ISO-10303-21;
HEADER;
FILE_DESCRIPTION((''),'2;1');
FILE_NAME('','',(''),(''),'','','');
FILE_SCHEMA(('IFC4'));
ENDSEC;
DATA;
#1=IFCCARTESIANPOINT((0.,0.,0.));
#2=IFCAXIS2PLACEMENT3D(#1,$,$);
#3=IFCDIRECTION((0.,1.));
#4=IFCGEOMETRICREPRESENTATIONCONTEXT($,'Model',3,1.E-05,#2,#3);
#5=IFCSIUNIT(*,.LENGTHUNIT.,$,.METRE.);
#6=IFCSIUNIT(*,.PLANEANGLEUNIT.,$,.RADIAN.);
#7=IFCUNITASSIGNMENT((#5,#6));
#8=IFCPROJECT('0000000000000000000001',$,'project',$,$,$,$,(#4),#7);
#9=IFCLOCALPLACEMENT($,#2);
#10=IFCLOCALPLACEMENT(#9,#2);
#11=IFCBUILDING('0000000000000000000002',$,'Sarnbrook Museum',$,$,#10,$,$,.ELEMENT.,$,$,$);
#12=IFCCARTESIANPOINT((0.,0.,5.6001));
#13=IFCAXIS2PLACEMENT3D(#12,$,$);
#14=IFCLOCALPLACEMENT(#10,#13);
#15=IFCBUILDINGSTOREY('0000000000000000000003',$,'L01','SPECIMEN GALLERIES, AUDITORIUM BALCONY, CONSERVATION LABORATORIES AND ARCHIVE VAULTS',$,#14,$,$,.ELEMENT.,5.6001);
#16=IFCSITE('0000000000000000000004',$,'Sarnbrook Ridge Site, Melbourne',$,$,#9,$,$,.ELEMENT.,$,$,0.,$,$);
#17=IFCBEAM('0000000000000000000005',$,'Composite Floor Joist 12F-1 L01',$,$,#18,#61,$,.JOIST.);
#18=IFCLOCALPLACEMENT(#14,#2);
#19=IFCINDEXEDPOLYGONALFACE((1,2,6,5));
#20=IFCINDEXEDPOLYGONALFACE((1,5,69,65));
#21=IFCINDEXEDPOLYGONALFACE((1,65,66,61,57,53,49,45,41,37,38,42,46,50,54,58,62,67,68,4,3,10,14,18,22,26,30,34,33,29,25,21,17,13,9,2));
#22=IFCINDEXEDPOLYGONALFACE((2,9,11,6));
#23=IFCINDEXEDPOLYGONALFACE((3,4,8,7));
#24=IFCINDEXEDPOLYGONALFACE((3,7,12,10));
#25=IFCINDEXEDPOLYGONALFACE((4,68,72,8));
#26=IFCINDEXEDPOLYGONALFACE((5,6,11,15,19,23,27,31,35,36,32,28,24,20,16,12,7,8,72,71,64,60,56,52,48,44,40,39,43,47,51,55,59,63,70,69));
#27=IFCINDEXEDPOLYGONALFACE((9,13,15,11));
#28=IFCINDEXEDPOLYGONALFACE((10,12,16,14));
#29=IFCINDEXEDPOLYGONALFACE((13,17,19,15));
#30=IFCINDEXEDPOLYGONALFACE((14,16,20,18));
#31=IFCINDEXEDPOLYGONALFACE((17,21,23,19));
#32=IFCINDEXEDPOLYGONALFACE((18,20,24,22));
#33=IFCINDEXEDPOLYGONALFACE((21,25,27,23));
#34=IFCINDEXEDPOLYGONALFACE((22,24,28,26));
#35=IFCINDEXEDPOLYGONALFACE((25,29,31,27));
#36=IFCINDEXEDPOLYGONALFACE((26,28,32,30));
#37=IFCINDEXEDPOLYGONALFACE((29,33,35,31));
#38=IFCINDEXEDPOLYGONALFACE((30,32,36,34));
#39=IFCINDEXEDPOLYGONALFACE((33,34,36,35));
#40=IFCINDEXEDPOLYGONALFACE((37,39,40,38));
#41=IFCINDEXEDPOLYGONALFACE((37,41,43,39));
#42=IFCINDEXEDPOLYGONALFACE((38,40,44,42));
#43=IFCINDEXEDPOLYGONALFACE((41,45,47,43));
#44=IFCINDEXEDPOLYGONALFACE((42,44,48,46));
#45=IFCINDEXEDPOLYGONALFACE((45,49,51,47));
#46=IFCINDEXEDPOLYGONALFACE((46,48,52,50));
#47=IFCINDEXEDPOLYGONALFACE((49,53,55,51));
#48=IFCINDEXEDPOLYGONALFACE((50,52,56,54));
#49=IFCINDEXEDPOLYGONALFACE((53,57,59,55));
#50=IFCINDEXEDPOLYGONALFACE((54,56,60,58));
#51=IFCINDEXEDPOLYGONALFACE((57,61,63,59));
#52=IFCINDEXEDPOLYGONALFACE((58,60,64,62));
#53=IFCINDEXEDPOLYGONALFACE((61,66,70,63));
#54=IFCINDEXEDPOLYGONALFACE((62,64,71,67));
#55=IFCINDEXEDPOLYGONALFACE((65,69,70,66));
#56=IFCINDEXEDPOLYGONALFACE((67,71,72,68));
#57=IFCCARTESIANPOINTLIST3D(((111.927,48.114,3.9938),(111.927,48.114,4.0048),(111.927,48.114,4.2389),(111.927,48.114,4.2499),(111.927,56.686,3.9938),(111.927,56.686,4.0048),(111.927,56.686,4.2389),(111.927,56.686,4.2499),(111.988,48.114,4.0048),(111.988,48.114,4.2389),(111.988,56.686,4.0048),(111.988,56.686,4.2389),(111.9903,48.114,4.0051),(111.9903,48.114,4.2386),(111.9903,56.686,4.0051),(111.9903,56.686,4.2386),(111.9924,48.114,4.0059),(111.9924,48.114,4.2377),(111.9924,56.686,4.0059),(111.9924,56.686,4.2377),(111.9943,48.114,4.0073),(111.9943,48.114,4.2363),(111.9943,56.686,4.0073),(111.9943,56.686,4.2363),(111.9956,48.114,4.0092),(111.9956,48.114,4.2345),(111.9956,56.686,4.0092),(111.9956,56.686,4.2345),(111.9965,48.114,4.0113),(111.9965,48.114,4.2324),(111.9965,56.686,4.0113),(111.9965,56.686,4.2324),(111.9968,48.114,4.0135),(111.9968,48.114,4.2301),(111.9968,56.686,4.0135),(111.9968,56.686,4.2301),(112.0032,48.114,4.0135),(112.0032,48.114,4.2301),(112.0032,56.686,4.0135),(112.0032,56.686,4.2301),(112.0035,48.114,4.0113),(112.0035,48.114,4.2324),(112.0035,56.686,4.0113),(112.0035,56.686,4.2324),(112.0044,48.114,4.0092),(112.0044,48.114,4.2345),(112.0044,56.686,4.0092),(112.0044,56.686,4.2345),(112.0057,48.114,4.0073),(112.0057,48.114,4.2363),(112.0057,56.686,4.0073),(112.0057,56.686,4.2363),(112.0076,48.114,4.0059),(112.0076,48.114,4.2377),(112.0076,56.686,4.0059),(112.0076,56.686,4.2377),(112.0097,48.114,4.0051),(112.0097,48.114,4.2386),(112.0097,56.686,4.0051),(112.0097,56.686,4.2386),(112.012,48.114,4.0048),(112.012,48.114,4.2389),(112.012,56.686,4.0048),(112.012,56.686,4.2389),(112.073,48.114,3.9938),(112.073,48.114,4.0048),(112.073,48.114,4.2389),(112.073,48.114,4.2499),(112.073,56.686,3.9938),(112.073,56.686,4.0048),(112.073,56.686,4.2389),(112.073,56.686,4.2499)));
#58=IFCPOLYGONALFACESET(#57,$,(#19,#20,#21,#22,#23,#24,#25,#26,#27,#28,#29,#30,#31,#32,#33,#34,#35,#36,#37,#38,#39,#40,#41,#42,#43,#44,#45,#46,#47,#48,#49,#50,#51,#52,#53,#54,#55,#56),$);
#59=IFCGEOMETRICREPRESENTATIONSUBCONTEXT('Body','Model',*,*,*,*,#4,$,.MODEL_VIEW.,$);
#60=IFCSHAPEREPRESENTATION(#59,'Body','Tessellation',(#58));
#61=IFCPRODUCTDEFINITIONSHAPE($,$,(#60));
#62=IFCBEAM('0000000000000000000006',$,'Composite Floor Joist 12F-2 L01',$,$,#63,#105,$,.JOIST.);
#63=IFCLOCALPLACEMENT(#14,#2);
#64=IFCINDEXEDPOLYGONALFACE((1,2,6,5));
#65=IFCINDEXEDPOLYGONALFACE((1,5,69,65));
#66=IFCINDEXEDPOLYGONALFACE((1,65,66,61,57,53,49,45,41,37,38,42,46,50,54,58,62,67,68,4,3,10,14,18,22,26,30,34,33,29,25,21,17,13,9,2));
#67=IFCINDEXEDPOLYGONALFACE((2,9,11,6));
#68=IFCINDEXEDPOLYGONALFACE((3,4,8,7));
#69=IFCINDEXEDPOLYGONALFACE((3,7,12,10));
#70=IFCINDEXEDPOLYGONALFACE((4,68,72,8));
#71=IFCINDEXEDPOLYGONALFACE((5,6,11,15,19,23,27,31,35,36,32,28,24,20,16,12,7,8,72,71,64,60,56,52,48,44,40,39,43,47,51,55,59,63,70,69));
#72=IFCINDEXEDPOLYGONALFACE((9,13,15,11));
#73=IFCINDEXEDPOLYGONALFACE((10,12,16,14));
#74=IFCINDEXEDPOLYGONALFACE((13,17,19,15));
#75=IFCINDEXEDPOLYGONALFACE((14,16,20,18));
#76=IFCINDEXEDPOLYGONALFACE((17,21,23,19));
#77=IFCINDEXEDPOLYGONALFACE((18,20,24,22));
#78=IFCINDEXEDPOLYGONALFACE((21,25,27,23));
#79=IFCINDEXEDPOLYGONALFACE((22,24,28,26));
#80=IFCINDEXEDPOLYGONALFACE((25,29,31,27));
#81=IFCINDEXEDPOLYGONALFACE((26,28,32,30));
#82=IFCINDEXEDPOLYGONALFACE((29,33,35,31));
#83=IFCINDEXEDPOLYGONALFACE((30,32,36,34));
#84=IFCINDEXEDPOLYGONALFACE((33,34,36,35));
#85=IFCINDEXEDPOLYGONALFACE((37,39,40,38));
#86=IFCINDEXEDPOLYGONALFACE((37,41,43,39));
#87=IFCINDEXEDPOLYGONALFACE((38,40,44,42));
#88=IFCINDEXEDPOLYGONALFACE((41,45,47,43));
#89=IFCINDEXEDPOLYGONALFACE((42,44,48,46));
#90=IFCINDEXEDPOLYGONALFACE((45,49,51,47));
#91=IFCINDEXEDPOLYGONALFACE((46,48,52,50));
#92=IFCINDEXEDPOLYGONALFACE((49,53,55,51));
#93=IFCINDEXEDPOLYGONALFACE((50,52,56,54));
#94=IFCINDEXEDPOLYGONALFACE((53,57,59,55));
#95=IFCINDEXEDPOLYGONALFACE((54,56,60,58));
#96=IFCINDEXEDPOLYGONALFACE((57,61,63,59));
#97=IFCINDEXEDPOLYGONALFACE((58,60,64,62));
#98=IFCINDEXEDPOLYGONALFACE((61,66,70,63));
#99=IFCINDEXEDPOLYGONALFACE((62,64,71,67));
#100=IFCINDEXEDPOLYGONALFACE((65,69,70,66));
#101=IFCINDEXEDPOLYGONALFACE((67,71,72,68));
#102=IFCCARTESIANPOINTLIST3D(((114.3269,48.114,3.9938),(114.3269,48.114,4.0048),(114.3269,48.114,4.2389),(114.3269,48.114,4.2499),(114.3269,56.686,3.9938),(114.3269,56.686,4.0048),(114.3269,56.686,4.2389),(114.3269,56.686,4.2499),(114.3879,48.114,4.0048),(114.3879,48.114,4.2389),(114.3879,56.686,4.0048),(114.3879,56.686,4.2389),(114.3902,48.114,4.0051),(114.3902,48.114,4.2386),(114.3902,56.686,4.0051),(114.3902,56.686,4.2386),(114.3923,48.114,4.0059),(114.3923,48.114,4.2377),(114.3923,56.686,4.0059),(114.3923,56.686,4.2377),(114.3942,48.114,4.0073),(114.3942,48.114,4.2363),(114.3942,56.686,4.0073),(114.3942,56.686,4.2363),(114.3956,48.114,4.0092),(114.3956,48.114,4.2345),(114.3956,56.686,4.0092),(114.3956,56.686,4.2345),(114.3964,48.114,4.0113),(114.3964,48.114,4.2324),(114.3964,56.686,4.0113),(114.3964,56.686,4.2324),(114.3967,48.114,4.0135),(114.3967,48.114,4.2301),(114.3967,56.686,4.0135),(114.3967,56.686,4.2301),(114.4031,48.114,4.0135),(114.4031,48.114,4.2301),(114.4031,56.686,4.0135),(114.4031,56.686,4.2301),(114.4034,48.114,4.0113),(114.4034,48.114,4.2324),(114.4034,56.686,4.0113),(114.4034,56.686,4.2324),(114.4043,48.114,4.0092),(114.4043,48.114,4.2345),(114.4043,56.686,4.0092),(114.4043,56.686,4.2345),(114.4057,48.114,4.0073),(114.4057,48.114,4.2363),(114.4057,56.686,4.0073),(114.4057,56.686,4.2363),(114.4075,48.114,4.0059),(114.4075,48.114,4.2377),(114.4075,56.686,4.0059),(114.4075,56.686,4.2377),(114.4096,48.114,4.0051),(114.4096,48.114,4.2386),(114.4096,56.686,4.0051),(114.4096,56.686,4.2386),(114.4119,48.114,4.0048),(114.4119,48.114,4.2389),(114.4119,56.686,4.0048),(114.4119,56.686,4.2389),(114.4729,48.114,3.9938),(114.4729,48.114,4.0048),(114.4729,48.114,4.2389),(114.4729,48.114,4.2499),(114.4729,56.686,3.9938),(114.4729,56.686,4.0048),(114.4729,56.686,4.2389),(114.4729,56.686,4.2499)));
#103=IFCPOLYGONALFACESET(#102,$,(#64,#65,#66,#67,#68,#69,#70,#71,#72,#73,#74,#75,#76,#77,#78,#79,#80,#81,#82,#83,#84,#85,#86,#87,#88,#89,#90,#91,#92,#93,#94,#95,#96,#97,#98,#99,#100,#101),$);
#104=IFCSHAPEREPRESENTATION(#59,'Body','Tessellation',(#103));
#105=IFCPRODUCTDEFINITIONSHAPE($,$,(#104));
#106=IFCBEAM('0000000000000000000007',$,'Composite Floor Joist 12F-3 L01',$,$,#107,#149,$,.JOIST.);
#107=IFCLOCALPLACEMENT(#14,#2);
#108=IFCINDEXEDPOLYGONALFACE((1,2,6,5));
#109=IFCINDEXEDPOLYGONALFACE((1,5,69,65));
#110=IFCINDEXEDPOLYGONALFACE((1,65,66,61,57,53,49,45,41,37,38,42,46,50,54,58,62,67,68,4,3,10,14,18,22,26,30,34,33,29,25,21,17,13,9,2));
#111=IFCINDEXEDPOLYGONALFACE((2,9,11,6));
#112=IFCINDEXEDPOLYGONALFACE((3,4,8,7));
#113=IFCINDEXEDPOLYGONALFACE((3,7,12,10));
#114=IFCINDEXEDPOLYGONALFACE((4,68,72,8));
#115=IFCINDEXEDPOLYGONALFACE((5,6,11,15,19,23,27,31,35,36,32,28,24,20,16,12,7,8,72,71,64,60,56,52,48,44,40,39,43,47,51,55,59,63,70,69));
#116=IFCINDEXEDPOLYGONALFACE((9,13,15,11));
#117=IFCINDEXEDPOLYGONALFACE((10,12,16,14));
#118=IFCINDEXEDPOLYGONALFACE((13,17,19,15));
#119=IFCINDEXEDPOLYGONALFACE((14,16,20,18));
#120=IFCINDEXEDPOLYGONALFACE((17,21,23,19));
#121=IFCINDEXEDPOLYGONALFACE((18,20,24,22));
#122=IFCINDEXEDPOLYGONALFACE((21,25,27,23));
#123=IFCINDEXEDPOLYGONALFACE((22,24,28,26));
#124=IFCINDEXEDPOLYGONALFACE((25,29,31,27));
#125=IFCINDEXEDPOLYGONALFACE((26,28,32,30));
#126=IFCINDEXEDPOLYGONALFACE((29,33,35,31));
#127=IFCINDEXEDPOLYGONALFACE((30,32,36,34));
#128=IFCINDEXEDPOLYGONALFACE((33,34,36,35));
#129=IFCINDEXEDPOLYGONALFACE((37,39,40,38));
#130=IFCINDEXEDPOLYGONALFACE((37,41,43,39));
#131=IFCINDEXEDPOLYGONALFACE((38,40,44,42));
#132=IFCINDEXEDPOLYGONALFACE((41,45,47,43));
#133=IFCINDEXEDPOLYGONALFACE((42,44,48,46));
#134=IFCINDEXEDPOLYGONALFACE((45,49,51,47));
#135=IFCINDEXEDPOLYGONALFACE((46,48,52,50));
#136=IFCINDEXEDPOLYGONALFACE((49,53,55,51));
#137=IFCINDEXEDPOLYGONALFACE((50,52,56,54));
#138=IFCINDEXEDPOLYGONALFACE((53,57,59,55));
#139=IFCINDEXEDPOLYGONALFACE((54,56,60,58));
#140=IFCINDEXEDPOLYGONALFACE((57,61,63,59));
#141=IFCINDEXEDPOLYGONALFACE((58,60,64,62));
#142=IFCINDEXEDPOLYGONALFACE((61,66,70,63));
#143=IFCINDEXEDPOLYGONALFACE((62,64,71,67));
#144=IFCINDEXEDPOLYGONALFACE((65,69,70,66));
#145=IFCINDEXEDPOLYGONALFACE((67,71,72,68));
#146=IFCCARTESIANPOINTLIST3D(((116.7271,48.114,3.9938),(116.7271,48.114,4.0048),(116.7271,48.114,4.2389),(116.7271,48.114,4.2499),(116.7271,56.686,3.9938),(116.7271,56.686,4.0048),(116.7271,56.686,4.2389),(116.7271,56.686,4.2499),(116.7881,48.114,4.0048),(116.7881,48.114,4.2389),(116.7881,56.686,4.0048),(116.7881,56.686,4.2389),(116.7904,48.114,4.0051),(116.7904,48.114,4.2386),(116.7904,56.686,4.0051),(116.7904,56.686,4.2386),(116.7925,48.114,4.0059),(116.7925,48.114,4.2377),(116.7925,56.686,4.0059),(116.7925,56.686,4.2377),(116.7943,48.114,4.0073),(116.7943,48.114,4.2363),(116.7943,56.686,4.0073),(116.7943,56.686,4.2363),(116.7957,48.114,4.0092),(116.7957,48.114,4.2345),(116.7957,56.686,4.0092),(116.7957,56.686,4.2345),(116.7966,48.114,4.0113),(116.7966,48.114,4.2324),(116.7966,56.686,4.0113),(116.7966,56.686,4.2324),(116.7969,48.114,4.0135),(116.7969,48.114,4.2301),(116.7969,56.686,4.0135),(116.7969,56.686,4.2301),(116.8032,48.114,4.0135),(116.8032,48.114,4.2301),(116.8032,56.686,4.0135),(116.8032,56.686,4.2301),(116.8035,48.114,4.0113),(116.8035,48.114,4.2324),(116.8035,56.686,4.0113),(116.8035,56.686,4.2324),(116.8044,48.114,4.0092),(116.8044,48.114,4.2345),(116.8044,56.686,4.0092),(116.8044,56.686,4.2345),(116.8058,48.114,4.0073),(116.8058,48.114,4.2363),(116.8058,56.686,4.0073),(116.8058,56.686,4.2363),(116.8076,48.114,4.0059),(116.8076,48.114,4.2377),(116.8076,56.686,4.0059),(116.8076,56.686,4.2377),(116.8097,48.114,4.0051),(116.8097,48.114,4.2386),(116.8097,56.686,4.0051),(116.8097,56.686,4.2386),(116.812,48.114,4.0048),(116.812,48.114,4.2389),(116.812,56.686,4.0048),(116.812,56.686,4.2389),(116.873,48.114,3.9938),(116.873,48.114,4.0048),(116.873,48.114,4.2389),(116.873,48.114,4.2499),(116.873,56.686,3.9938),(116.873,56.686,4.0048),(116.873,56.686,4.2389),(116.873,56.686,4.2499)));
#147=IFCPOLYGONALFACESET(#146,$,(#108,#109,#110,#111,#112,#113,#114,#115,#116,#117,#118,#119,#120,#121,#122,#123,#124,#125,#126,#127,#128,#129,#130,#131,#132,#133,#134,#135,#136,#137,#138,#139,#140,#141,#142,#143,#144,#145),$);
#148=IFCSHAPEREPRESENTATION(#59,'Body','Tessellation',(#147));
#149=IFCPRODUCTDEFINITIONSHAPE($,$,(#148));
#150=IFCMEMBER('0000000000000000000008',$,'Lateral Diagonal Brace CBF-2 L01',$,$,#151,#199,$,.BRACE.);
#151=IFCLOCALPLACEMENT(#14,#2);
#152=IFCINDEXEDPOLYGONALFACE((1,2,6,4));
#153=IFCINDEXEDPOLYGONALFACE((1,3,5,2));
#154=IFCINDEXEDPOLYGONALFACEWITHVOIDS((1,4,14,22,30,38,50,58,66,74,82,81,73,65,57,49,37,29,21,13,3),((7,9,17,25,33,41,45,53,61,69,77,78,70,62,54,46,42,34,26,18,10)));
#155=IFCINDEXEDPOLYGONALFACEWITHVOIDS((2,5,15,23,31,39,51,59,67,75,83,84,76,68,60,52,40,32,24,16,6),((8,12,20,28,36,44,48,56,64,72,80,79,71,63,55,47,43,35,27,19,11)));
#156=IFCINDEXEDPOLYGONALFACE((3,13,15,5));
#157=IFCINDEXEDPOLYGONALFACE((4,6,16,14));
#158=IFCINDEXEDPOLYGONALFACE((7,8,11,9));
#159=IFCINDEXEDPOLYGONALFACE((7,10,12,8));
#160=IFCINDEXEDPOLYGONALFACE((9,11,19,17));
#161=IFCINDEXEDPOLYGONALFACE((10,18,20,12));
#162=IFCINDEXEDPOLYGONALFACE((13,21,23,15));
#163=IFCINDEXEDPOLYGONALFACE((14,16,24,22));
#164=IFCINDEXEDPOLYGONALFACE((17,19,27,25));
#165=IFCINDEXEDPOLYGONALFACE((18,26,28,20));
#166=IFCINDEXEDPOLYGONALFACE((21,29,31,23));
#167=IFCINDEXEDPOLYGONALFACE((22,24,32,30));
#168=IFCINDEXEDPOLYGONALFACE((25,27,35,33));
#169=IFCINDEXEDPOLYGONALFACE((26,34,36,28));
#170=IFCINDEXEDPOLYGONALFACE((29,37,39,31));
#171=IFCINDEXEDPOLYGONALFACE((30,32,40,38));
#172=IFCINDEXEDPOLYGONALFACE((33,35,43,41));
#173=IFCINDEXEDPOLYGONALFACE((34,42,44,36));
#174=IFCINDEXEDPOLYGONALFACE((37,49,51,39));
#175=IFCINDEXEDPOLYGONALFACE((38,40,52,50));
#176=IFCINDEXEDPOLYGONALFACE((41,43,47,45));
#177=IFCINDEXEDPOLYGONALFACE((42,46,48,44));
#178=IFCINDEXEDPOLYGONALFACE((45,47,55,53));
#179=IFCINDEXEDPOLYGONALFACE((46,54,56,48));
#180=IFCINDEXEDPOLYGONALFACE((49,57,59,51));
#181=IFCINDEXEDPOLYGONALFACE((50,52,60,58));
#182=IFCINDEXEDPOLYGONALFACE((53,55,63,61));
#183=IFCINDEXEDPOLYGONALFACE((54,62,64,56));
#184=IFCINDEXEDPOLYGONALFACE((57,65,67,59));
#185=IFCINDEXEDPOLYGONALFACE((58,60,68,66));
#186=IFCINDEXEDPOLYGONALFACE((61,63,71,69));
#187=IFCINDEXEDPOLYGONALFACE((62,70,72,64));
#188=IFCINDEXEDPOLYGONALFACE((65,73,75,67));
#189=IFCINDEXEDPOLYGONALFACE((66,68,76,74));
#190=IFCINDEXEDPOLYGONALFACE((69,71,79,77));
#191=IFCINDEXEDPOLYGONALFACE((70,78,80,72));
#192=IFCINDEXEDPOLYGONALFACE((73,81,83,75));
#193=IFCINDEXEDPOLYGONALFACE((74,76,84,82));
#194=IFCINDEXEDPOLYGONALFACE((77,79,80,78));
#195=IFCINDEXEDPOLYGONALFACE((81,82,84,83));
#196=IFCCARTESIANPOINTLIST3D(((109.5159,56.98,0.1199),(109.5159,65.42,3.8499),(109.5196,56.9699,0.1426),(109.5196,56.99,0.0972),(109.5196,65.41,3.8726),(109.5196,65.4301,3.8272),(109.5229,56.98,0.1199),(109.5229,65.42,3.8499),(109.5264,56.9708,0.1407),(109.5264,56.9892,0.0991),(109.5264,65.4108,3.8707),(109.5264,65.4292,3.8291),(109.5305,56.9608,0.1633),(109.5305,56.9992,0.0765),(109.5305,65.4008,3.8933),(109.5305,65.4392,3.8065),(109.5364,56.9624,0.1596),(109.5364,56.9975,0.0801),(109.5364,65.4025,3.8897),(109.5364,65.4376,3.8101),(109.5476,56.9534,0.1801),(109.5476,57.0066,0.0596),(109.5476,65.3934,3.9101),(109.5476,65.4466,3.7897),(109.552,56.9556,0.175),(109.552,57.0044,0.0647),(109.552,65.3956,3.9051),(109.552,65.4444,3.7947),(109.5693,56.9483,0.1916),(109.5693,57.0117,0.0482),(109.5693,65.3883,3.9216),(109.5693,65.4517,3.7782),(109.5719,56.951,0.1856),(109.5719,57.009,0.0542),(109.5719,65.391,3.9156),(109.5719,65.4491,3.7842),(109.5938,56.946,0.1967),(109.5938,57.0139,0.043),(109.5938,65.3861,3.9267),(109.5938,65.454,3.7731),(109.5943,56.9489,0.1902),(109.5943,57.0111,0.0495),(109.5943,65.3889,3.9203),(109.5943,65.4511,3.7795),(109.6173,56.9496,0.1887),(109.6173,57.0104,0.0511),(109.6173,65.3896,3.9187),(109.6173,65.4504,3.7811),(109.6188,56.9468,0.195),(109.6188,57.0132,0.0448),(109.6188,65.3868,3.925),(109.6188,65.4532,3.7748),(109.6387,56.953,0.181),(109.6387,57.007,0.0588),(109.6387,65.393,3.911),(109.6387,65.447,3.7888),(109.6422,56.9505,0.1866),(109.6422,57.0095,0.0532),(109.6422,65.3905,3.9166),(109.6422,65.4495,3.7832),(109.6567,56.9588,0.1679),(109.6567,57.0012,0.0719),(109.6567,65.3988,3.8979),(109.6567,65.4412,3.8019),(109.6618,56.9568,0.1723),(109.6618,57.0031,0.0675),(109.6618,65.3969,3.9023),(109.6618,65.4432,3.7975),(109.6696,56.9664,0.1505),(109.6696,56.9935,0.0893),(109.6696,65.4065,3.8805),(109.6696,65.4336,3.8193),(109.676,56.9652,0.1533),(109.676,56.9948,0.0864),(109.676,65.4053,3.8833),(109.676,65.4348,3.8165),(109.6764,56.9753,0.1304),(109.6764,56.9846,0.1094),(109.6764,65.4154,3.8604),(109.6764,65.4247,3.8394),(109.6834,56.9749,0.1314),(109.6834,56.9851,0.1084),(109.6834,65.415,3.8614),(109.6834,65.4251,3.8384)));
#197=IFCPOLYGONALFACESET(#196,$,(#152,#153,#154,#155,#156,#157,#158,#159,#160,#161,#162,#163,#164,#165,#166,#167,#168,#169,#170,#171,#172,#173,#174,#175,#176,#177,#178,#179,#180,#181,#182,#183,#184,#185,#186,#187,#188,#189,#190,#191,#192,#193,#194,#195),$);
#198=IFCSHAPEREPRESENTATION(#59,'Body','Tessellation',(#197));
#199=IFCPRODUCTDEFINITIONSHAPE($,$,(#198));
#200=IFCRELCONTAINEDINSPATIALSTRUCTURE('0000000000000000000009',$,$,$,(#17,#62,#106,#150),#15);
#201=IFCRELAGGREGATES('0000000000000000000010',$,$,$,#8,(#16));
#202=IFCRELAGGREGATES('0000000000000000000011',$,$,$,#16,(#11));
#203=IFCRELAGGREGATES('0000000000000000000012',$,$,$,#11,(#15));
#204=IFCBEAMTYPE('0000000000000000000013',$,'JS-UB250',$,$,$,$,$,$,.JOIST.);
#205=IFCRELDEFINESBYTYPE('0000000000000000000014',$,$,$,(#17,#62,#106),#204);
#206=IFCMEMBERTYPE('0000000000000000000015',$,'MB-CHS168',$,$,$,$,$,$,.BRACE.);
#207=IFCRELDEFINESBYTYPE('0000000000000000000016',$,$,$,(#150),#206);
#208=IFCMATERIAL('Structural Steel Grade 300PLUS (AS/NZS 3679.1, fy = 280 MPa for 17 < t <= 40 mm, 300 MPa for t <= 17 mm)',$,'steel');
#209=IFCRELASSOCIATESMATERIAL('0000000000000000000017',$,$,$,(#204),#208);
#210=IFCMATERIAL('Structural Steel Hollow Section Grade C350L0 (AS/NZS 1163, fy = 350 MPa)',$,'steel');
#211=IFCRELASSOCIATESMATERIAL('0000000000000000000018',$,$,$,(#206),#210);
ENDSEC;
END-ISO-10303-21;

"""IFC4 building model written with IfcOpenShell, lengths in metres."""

from ifc_helpers import new_model, si_unit, direction, frame, origin, origin_2d, place, context, subcontext, project, spatial, hollow_circle, i_section, extrude, material, material_profile, profile_set, type_object, element, save


model = new_model("IFC4")

# Units and contexts
model_context = context("Model", 3, precision=1e-05, world=origin(), true_north=direction((0.0, 1.0)))
body_context = subcontext(model_context, "Body", "Model", "MODEL_VIEW")
ifc_project = project(units=[si_unit("LENGTHUNIT", "METRE"), si_unit("PLANEANGLEUNIT", "RADIAN")], contexts=[model_context])

# Site, building, storey
site_placement = place(None, origin())
site = spatial("IfcSite", under=ifc_project, at=site_placement, Name="Sarnbrook Ridge Site, Melbourne", CompositionType="ELEMENT", RefElevation=0.0)
building_placement = place(site_placement, origin())
building = spatial("IfcBuilding", under=site, at=building_placement, Name="Sarnbrook Museum", CompositionType="ELEMENT")
storey_placement = place(building_placement, frame((0.0, 0.0, 5.6001)))
storey = spatial("IfcBuildingStorey", under=building, at=storey_placement, Name="L01", Description="SPECIMEN GALLERIES, AUDITORIUM BALCONY, CONSERVATION LABORATORIES AND ARCHIVE VAULTS", CompositionType="ELEMENT", Elevation=5.6001)

# Shared definitions
ifc_material_1 = material(Name="Structural Steel Grade 300PLUS (AS/NZS 3679.1, fy = 280 MPa for 17 < t <= 40 mm, 300 MPa for t <= 17 mm)", Category="steel")

# Beams
ifc_material_profile_1 = material_profile(ifc_material_1, i_section(OverallWidth=0.146, OverallDepth=0.2561, WebThickness=0.0063, FlangeThickness=0.011, FilletRadius=0.0088, at=origin_2d()), Name="250UB37.3")
ifc_profile_set_1 = profile_set([ifc_material_profile_1], Name="Structural Steel Grade 300PLUS (AS/NZS 3679.1, fy = 280 MPa for 17 < t <= 40 mm, 300 MPa for t <= 17 mm)")
beam_type_1 = type_object("IfcBeamType", Name="JS-UB250", PredefinedType="JOIST", material=ifc_profile_set_1)
for number, where, z_axis, x_axis, name in (
    (1, (112.0, 48.114, 4.1218), (0.0, 1.0, 0.0), (-1.0, 0.0, 0.0), "Composite Floor Joist 12F-1 L01"),
    (2, (114.3999, 48.114, 4.1218), (0.0, 1.0, 0.0), (-1.0, 0.0, 0.0), "Composite Floor Joist 12F-2 L01"),
    (3, (116.8, 48.114, 4.1218), (0.0, 1.0, 0.0), (-1.0, 0.0, 0.0), "Composite Floor Joist 12F-3 L01"),
):
    element("IfcBeam", number, at=place(storey_placement, frame(where, z_axis=z_axis, x_axis=x_axis)), inside=storey, type_object=beam_type_1, Name=name, PredefinedType="JOIST", context=body_context, shape_type="SweptSolid", body=[
        extrude(i_section(OverallWidth=0.146, OverallDepth=0.2561, WebThickness=0.0063, FlangeThickness=0.011, FilletRadius=0.0088, at=origin_2d()), origin(), (0.0, 0.0, 1.0), 8.572),
    ])

# Member
ifc_material_2 = material(Name="Structural Steel Hollow Section Grade C350L0 (AS/NZS 1163, fy = 350 MPa)", Category="steel")
ifc_material_profile_2 = material_profile(ifc_material_2, hollow_circle(Radius=0.0842, WallThickness=0.0071, at=origin_2d()), Name="168.3x7.1CHS")
ifc_profile_set_2 = profile_set([ifc_material_profile_2], Name="Structural Steel Hollow Section Grade C350L0 (AS/NZS 1163, fy = 350 MPa)")
member_type = type_object("IfcMemberType", Name="MB-CHS168", PredefinedType="BRACE", material=ifc_profile_set_2)
member_placement = place(storey_placement, frame((109.6001, 56.98, 0.1199), z_axis=(0.0, 0.914658, 0.404228), x_axis=(-1.0, 0.0, 0.0)))
element("IfcMember", 4, at=member_placement, inside=storey, type_object=member_type, Name="Lateral Diagonal Brace CBF-2 L01", PredefinedType="BRACE", context=body_context, shape_type="SweptSolid", body=[
    extrude(hollow_circle(Radius=0.0842, WallThickness=0.0071, at=origin_2d()), origin(), (0.0, 0.0, 1.0), 9.2275),
])

save(model, "model.ifc")
